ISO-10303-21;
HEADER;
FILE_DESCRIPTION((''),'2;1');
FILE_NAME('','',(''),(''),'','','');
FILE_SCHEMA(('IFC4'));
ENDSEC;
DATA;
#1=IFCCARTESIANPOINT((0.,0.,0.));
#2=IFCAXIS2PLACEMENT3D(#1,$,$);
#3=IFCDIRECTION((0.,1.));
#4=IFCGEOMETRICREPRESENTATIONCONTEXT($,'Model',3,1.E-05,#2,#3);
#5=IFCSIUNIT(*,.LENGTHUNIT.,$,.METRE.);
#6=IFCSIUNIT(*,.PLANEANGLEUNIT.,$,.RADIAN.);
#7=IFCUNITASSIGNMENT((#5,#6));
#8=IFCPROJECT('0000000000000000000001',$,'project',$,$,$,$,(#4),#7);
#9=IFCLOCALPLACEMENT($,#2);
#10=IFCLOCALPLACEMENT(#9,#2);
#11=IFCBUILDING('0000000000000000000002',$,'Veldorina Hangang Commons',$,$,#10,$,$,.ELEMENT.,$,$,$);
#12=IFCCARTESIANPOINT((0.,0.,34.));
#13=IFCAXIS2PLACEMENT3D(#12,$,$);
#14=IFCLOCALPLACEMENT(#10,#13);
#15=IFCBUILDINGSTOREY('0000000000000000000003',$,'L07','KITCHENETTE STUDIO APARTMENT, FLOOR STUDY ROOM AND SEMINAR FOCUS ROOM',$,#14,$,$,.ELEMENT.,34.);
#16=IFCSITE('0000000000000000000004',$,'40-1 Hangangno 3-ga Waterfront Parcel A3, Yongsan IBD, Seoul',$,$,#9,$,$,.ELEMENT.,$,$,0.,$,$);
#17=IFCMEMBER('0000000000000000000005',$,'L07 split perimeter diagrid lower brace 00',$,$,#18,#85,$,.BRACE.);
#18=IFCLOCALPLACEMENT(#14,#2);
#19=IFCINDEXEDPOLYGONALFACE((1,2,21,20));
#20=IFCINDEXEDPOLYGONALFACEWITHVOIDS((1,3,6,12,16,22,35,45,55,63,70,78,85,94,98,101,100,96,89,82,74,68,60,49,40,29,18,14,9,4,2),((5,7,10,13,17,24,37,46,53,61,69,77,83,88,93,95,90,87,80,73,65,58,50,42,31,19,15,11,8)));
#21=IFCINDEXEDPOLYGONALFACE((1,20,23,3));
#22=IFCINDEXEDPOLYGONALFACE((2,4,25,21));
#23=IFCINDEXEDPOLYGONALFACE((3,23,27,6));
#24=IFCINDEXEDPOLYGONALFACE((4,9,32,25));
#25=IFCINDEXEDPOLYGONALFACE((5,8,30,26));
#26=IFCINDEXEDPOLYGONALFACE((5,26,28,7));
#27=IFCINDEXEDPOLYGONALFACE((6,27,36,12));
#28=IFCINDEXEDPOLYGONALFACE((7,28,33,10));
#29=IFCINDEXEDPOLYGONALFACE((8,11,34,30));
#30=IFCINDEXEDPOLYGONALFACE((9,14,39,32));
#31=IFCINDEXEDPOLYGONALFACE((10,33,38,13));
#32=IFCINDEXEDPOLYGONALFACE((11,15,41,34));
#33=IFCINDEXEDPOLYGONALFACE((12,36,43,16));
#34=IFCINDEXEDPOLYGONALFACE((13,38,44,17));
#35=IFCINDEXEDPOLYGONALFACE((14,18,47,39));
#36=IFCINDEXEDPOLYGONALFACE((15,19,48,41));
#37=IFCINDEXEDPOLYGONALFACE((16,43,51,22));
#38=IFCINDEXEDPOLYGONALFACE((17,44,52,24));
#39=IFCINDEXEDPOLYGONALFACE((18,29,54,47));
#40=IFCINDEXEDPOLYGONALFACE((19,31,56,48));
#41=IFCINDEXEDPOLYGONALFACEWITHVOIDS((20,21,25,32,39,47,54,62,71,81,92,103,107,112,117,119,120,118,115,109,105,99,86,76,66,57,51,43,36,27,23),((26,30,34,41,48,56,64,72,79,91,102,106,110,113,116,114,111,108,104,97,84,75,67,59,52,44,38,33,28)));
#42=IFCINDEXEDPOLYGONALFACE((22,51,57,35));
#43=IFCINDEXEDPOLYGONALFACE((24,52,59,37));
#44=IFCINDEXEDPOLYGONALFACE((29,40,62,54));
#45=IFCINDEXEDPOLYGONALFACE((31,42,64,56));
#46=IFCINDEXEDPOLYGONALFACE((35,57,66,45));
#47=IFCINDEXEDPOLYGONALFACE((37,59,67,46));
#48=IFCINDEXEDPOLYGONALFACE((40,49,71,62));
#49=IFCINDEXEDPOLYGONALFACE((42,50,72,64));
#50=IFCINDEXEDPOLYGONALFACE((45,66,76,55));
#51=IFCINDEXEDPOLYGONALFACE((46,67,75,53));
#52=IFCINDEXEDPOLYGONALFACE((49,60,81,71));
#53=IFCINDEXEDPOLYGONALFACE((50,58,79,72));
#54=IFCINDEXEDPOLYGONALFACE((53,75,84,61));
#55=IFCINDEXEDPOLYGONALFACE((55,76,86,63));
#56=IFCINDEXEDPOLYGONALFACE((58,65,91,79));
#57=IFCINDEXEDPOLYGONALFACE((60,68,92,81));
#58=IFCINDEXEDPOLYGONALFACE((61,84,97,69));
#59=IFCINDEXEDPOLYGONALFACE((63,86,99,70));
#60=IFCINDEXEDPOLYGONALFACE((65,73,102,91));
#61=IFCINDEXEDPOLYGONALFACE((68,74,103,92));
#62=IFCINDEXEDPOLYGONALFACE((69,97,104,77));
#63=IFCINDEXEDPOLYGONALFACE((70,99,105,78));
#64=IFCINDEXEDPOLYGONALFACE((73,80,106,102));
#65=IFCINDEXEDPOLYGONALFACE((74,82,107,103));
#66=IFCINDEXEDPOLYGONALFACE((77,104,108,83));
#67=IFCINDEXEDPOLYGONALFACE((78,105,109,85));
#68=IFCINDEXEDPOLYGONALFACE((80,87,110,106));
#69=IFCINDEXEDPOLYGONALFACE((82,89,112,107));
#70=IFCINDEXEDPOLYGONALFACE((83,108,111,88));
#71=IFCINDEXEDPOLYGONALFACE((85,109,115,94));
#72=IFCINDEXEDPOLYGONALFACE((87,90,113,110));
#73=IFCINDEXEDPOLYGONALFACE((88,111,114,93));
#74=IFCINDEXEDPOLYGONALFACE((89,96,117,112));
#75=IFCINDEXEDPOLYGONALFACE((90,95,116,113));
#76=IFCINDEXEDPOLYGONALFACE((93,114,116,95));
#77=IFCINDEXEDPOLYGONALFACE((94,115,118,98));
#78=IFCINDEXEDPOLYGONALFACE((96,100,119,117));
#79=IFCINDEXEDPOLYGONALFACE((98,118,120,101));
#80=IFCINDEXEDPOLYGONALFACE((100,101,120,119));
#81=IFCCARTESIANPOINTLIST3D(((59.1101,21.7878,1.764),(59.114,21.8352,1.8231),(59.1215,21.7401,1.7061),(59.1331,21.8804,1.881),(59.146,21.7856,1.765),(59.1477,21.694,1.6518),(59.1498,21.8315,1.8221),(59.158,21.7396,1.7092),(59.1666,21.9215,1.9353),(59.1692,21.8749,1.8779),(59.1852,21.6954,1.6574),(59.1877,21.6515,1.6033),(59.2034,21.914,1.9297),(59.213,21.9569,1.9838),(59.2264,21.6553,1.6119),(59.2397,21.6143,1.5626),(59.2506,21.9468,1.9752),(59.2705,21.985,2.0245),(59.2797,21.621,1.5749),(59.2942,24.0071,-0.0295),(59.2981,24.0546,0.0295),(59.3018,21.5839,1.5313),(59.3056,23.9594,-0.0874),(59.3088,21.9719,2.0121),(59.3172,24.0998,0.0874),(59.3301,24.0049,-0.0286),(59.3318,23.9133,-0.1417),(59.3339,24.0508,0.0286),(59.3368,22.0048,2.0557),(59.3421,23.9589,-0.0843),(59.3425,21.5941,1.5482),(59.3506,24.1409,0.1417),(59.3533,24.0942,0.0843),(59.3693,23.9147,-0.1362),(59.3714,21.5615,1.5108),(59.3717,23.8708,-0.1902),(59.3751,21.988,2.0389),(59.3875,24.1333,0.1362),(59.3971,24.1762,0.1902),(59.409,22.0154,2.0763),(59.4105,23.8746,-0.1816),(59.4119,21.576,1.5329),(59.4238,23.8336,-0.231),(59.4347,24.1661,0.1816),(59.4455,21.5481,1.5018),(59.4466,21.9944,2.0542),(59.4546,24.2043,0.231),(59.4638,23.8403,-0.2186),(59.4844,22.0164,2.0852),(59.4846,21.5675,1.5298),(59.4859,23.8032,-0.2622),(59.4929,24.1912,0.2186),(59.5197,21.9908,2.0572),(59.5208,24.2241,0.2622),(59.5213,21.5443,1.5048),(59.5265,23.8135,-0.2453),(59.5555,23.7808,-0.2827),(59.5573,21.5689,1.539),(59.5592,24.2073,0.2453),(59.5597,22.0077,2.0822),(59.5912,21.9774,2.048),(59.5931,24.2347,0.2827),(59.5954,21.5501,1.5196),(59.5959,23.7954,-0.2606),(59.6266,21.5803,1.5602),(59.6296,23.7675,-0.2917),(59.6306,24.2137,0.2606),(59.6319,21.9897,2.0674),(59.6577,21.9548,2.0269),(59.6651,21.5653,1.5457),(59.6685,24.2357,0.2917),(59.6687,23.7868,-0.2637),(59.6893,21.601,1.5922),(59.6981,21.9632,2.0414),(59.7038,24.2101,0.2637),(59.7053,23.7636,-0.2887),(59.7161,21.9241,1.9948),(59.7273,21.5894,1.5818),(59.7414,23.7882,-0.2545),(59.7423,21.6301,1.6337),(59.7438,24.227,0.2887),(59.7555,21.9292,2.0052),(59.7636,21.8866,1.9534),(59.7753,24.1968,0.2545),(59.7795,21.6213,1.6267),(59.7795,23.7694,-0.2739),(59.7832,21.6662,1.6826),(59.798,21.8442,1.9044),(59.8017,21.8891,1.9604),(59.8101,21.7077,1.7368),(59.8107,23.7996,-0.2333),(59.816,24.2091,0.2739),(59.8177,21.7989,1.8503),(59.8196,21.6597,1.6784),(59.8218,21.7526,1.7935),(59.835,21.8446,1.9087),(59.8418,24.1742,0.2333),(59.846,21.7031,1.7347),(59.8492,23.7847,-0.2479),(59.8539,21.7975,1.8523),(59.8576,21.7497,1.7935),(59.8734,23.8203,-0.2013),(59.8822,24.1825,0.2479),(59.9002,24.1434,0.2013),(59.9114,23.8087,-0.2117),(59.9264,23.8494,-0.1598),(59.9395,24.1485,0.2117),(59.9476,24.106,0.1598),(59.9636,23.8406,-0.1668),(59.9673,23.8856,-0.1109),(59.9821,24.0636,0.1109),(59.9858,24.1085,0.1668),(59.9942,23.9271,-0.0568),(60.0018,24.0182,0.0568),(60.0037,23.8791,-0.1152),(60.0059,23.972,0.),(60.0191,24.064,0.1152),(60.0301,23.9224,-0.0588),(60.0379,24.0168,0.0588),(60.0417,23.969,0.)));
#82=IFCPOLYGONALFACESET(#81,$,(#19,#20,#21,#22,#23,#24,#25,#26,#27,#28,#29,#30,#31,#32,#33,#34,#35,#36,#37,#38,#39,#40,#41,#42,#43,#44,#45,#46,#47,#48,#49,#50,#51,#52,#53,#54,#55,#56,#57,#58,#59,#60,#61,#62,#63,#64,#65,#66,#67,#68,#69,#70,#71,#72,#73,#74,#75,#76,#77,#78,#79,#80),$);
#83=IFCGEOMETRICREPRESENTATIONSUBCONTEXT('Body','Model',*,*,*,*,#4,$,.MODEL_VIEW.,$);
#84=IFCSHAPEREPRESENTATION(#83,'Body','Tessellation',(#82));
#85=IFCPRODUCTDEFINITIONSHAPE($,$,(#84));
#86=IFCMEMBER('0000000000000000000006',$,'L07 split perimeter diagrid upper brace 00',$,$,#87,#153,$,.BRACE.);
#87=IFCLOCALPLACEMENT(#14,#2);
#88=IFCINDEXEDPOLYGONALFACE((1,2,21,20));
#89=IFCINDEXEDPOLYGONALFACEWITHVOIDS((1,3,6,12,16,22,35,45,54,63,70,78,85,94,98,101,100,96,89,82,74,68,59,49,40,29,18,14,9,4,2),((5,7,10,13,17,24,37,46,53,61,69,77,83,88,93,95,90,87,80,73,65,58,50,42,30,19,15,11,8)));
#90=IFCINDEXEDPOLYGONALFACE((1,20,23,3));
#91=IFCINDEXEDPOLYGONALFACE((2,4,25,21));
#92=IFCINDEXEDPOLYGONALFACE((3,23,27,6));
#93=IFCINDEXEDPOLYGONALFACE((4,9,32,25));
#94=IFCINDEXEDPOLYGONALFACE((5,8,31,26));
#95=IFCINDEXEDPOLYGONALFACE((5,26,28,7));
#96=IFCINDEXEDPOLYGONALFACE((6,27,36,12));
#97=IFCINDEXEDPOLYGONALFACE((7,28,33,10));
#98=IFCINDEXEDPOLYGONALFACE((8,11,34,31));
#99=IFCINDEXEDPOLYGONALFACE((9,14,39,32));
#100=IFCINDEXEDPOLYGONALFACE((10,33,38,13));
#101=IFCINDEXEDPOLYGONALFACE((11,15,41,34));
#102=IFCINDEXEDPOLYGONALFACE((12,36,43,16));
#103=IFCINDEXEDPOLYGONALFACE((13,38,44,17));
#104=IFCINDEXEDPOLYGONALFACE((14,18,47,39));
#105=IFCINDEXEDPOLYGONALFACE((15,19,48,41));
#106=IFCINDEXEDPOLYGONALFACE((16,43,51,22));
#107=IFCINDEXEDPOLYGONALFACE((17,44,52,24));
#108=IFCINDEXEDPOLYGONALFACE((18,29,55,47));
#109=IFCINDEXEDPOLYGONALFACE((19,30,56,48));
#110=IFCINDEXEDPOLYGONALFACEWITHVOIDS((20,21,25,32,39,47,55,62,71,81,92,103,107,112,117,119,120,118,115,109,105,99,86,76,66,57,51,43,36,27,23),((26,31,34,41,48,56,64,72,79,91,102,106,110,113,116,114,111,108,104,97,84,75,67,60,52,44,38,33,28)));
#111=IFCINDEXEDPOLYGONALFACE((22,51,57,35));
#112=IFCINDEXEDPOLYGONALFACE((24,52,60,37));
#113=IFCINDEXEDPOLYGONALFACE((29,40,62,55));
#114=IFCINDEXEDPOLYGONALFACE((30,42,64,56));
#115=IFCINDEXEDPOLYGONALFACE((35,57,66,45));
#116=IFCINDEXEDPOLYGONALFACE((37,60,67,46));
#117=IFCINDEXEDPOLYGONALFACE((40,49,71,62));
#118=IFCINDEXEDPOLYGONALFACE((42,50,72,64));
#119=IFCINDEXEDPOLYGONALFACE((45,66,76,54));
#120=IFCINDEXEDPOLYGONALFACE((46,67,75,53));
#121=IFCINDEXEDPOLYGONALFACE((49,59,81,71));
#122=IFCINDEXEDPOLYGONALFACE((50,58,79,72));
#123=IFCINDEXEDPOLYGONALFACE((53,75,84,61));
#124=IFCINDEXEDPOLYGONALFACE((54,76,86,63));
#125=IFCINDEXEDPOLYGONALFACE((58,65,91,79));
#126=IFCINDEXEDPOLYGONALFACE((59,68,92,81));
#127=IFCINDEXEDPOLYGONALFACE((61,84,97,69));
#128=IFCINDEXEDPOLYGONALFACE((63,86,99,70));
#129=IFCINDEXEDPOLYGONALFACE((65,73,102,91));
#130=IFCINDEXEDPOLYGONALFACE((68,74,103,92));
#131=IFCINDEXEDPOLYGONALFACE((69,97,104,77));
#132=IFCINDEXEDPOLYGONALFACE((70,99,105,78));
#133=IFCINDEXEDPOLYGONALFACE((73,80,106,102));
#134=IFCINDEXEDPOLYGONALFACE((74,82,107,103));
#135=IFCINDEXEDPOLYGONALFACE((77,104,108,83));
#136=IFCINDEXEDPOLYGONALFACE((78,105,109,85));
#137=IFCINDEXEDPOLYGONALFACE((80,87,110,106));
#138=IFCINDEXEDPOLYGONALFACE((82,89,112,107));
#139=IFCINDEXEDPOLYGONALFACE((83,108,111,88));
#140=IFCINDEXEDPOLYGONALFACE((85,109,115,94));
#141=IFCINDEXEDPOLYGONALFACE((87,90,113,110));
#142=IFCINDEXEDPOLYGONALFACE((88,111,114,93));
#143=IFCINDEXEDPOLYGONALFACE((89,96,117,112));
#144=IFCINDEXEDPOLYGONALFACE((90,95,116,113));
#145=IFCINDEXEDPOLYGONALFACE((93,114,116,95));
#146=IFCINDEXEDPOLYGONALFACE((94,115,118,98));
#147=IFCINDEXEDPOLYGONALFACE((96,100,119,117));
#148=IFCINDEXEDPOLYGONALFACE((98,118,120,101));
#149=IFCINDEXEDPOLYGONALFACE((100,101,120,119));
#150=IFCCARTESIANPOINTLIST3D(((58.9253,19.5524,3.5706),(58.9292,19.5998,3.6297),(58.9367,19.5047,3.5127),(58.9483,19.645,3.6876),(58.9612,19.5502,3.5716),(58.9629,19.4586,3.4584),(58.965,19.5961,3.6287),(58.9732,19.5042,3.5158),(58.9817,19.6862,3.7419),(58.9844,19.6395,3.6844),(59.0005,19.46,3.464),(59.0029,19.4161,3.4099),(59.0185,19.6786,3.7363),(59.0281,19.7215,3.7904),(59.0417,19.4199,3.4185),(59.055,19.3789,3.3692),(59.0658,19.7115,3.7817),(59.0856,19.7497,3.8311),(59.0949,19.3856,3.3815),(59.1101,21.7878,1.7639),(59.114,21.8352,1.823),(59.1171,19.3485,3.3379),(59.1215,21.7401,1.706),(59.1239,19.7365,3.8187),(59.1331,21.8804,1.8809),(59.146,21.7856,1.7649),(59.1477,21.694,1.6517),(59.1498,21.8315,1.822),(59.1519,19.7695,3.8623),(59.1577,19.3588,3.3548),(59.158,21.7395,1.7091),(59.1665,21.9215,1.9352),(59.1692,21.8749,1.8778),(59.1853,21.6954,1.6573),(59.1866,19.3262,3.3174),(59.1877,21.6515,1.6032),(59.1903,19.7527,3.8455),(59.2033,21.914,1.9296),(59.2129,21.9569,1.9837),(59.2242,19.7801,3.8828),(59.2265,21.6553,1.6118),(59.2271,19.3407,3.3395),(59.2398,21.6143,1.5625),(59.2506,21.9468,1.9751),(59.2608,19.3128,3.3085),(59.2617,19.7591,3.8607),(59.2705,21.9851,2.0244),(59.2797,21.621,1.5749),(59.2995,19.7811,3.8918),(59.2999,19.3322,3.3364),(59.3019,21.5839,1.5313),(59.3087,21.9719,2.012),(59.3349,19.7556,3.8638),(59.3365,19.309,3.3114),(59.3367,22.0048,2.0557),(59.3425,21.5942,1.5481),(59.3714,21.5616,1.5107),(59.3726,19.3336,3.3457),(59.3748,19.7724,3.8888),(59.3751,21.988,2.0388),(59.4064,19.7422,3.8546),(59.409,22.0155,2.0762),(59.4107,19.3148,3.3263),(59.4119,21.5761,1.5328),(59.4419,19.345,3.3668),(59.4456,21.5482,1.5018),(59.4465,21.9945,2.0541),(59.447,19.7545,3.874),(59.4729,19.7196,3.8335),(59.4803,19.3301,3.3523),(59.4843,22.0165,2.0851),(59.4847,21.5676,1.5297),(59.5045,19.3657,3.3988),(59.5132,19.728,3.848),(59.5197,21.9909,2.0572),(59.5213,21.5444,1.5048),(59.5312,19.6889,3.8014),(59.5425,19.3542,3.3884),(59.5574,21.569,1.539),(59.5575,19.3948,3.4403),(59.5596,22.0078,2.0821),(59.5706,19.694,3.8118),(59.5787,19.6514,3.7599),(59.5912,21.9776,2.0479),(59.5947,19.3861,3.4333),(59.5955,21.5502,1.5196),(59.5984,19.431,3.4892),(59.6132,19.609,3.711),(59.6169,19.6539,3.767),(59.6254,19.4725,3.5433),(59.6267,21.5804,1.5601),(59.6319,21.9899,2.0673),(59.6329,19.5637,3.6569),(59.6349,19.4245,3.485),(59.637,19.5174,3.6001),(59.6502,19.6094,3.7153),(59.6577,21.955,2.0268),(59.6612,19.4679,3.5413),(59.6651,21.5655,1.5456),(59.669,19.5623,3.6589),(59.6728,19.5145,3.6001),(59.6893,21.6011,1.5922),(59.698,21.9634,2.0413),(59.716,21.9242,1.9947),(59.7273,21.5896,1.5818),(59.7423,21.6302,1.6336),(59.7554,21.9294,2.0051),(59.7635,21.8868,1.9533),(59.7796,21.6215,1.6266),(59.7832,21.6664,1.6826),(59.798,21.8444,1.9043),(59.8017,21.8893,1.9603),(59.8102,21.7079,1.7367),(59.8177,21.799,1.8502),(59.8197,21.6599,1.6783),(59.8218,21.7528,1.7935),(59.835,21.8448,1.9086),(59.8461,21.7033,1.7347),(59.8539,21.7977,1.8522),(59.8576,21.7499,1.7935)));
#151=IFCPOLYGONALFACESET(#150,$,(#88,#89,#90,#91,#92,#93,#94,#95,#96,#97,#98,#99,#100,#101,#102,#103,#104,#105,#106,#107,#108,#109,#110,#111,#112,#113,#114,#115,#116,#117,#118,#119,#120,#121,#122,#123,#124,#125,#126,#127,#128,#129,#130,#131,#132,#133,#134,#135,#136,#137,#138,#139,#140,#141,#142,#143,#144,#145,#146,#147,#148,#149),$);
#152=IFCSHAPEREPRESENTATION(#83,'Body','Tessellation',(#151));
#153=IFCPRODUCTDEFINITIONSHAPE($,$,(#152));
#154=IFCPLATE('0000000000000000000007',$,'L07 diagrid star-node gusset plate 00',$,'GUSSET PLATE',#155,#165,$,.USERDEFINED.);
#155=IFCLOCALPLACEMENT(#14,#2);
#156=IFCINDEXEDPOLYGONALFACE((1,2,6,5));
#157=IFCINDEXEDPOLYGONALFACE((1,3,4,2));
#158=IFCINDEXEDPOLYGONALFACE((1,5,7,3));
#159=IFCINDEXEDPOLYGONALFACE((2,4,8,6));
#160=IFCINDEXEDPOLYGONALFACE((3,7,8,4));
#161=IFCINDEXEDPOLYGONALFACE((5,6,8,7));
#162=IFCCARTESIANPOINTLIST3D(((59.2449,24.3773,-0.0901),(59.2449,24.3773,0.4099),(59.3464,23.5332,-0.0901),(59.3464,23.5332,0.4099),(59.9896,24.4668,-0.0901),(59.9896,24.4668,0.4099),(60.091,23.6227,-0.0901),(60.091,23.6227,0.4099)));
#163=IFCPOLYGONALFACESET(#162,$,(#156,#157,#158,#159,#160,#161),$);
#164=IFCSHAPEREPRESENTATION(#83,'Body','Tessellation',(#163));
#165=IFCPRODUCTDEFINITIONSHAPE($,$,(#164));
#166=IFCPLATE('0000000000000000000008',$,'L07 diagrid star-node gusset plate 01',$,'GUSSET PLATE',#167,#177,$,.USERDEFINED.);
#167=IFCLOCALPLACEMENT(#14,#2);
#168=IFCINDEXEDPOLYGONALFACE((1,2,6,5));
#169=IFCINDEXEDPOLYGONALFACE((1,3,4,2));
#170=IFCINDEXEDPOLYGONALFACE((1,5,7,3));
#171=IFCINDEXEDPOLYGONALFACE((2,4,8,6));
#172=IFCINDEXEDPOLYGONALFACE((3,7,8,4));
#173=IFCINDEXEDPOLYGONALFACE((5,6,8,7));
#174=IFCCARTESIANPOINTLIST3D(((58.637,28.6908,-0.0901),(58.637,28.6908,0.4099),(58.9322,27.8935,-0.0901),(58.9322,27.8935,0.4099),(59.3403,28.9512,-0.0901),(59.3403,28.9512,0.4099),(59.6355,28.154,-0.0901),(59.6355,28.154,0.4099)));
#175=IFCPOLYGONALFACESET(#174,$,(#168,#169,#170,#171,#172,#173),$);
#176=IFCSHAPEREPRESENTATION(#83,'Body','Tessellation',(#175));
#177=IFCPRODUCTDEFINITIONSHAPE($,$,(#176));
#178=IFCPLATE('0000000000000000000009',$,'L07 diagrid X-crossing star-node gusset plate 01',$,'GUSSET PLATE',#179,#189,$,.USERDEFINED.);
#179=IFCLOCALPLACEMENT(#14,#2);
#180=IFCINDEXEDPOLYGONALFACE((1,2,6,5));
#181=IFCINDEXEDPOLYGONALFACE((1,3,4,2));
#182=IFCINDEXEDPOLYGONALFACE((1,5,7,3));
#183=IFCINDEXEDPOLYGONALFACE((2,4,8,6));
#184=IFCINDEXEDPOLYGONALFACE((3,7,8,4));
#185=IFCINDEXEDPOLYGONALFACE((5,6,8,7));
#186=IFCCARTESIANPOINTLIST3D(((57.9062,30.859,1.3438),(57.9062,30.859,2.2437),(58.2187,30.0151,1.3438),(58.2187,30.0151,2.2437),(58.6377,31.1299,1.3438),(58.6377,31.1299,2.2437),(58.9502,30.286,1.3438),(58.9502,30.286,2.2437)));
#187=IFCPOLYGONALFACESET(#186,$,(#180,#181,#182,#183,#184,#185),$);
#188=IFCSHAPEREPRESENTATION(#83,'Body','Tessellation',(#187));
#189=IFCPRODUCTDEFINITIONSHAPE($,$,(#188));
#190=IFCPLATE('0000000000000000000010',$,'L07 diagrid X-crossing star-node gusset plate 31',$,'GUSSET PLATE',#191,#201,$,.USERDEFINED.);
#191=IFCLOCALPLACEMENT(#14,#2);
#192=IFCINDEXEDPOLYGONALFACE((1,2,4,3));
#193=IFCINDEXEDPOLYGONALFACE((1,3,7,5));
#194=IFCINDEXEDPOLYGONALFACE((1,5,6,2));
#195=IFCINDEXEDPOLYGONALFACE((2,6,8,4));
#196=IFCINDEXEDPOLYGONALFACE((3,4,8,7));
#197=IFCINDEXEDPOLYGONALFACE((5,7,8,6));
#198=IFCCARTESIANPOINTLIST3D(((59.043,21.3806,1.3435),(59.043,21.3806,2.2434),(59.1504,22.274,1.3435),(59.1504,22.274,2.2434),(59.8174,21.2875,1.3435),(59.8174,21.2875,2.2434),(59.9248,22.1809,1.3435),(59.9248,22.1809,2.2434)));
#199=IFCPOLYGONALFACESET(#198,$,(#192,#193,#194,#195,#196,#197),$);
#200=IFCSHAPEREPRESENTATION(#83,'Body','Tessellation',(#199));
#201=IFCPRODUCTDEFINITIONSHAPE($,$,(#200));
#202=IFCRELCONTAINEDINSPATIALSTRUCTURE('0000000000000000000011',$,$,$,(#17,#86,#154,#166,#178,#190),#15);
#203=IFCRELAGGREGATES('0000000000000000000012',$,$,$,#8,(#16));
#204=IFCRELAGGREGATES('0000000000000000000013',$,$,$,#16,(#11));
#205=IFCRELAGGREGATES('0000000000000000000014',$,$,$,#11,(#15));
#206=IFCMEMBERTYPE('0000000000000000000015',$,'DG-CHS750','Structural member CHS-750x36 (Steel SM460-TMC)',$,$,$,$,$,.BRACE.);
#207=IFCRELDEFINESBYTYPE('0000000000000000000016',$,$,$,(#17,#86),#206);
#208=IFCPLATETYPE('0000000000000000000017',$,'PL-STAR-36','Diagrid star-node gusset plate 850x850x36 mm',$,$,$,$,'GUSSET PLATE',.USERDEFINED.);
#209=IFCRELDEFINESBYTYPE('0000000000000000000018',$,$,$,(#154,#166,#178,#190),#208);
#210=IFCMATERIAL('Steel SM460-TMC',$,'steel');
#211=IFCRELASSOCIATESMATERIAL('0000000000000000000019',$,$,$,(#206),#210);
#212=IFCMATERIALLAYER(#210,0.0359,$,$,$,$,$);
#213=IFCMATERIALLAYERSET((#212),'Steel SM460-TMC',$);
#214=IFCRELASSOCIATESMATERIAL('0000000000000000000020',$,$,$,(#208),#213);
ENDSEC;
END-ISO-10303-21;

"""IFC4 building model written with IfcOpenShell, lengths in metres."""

from ifc_helpers import new_model, si_unit, direction, frame, origin, origin_2d, place, context, subcontext, project, spatial, rectangle, hollow_circle, extrude, material, layer, layer_set, material_profile, profile_set, type_object, element, save


model = new_model("IFC4")

# Units and contexts
model_context = context("Model", 3, precision=1e-05, world=origin(), true_north=direction((0.0, 1.0)))
body_context = subcontext(model_context, "Body", "Model", "MODEL_VIEW")
ifc_project = project(units=[si_unit("LENGTHUNIT", "METRE"), si_unit("PLANEANGLEUNIT", "RADIAN")], contexts=[model_context])

# Site, building, storey
site_placement = place(None, origin())
site = spatial("IfcSite", under=ifc_project, at=site_placement, Name="40-1 Hangangno 3-ga Waterfront Parcel A3, Yongsan IBD, Seoul", CompositionType="ELEMENT", RefElevation=0.0)
building_placement = place(site_placement, origin())
building = spatial("IfcBuilding", under=site, at=building_placement, Name="Veldorina Hangang Commons", CompositionType="ELEMENT")
storey_placement = place(building_placement, frame((0.0, 0.0, 34.0)))
storey = spatial("IfcBuildingStorey", under=building, at=storey_placement, Name="L07", Description="KITCHENETTE STUDIO APARTMENT, FLOOR STUDY ROOM AND SEMINAR FOCUS ROOM", CompositionType="ELEMENT", Elevation=34.0)

# Shared definitions
ifc_material_1 = material(Name="Steel SM460-TMC", Category="steel")

# Members
ifc_material_profile_1 = material_profile(ifc_material_1, hollow_circle(Radius=0.375, WallThickness=0.0359, at=origin_2d()), Name="CHS-750x36")
ifc_profile_set_1 = profile_set([ifc_material_profile_1], Name="Steel SM460-TMC")
member_type = type_object("IfcMemberType", Name="DG-CHS750", Description="Structural member CHS-750x36 (Steel SM460-TMC)", PredefinedType="BRACE", material=ifc_profile_set_1)
member_1_placement = place(storey_placement, frame((59.668, 24.0, 0.0), z_axis=(-0.064381, -0.776157, 0.627244), x_axis=(0.996577, -0.082664, 0.0)))
element("IfcMember", 1, at=member_1_placement, inside=storey, type_object=member_type, Name="L07 split perimeter diagrid lower brace 00", PredefinedType="BRACE", context=body_context, shape_type="SweptSolid", body=[
    extrude(hollow_circle(Radius=0.375, WallThickness=0.0359, at=origin_2d()), origin(), (0.0, 0.0, 1.0), 2.8594),
])
member_2_placement = place(storey_placement, frame((59.4839, 21.7808, 1.7935), z_axis=(-0.06417, -0.77614, 0.627287), x_axis=(0.9966, -0.082397, 0.0)))
element("IfcMember", 2, at=member_2_placement, inside=storey, type_object=member_type, Name="L07 split perimeter diagrid upper brace 00", PredefinedType="BRACE", context=body_context, shape_type="SweptSolid", body=[
    extrude(hollow_circle(Radius=0.375, WallThickness=0.0359, at=origin_2d()), origin(), (0.0, 0.0, 1.0), 2.8801),
])

# Plates
ifc_layer_1 = layer(ifc_material_1, 0.0359)
ifc_layer_set_1 = layer_set([ifc_layer_1], Name="Steel SM460-TMC")
plate_type = type_object("IfcPlateType", Name="PL-STAR-36", Description="Diagrid star-node gusset plate 850x850x36 mm", ElementType="GUSSET PLATE", PredefinedType="USERDEFINED", material=ifc_layer_set_1)
for number, where, z_axis, x_axis, name in (
    (3, (59.668, 24.0, -0.0901), (0.0, 0.0, 1.0), (-0.119357, 0.992851, 0.0), "L07 diagrid star-node gusset plate 00"),
    (4, (59.1362, 28.4224, -0.0901), (0.0, 0.0, 1.0), (-0.34723, 0.93778, 0.0), "L07 diagrid star-node gusset plate 01"),
):
    element("IfcPlate", number, at=place(storey_placement, frame(where, z_axis=z_axis, x_axis=x_axis)), inside=storey, type_object=plate_type, Name=name, ObjectType="GUSSET PLATE", PredefinedType="USERDEFINED", context=body_context, shape_type="SweptSolid", body=[
        extrude(rectangle(XDim=0.8501, YDim=0.75, at=origin_2d()), origin(), (0.0, 0.0, 1.0), 0.5),
    ])
for number, where, z_axis, x_axis, name in (
    (5, (58.4282, 30.5725, 1.3438), (0.0, 0.0, 1.0), (-0.34723, 0.93778, 0.0), "L07 diagrid X-crossing star-node gusset plate 01"),
    (6, (59.4839, 21.7808, 1.3435), (0.0, 0.0, 1.0), (0.119357, 0.992851, 0.0), "L07 diagrid X-crossing star-node gusset plate 31"),
):
    element("IfcPlate", number, at=place(storey_placement, frame(where, z_axis=z_axis, x_axis=x_axis)), inside=storey, type_object=plate_type, Name=name, ObjectType="GUSSET PLATE", PredefinedType="USERDEFINED", context=body_context, shape_type="SweptSolid", body=[
        extrude(rectangle(XDim=0.8999, YDim=0.78, at=origin_2d()), origin(), (0.0, 0.0, 1.0), 0.8999),
    ])

save(model, "model.ifc")
